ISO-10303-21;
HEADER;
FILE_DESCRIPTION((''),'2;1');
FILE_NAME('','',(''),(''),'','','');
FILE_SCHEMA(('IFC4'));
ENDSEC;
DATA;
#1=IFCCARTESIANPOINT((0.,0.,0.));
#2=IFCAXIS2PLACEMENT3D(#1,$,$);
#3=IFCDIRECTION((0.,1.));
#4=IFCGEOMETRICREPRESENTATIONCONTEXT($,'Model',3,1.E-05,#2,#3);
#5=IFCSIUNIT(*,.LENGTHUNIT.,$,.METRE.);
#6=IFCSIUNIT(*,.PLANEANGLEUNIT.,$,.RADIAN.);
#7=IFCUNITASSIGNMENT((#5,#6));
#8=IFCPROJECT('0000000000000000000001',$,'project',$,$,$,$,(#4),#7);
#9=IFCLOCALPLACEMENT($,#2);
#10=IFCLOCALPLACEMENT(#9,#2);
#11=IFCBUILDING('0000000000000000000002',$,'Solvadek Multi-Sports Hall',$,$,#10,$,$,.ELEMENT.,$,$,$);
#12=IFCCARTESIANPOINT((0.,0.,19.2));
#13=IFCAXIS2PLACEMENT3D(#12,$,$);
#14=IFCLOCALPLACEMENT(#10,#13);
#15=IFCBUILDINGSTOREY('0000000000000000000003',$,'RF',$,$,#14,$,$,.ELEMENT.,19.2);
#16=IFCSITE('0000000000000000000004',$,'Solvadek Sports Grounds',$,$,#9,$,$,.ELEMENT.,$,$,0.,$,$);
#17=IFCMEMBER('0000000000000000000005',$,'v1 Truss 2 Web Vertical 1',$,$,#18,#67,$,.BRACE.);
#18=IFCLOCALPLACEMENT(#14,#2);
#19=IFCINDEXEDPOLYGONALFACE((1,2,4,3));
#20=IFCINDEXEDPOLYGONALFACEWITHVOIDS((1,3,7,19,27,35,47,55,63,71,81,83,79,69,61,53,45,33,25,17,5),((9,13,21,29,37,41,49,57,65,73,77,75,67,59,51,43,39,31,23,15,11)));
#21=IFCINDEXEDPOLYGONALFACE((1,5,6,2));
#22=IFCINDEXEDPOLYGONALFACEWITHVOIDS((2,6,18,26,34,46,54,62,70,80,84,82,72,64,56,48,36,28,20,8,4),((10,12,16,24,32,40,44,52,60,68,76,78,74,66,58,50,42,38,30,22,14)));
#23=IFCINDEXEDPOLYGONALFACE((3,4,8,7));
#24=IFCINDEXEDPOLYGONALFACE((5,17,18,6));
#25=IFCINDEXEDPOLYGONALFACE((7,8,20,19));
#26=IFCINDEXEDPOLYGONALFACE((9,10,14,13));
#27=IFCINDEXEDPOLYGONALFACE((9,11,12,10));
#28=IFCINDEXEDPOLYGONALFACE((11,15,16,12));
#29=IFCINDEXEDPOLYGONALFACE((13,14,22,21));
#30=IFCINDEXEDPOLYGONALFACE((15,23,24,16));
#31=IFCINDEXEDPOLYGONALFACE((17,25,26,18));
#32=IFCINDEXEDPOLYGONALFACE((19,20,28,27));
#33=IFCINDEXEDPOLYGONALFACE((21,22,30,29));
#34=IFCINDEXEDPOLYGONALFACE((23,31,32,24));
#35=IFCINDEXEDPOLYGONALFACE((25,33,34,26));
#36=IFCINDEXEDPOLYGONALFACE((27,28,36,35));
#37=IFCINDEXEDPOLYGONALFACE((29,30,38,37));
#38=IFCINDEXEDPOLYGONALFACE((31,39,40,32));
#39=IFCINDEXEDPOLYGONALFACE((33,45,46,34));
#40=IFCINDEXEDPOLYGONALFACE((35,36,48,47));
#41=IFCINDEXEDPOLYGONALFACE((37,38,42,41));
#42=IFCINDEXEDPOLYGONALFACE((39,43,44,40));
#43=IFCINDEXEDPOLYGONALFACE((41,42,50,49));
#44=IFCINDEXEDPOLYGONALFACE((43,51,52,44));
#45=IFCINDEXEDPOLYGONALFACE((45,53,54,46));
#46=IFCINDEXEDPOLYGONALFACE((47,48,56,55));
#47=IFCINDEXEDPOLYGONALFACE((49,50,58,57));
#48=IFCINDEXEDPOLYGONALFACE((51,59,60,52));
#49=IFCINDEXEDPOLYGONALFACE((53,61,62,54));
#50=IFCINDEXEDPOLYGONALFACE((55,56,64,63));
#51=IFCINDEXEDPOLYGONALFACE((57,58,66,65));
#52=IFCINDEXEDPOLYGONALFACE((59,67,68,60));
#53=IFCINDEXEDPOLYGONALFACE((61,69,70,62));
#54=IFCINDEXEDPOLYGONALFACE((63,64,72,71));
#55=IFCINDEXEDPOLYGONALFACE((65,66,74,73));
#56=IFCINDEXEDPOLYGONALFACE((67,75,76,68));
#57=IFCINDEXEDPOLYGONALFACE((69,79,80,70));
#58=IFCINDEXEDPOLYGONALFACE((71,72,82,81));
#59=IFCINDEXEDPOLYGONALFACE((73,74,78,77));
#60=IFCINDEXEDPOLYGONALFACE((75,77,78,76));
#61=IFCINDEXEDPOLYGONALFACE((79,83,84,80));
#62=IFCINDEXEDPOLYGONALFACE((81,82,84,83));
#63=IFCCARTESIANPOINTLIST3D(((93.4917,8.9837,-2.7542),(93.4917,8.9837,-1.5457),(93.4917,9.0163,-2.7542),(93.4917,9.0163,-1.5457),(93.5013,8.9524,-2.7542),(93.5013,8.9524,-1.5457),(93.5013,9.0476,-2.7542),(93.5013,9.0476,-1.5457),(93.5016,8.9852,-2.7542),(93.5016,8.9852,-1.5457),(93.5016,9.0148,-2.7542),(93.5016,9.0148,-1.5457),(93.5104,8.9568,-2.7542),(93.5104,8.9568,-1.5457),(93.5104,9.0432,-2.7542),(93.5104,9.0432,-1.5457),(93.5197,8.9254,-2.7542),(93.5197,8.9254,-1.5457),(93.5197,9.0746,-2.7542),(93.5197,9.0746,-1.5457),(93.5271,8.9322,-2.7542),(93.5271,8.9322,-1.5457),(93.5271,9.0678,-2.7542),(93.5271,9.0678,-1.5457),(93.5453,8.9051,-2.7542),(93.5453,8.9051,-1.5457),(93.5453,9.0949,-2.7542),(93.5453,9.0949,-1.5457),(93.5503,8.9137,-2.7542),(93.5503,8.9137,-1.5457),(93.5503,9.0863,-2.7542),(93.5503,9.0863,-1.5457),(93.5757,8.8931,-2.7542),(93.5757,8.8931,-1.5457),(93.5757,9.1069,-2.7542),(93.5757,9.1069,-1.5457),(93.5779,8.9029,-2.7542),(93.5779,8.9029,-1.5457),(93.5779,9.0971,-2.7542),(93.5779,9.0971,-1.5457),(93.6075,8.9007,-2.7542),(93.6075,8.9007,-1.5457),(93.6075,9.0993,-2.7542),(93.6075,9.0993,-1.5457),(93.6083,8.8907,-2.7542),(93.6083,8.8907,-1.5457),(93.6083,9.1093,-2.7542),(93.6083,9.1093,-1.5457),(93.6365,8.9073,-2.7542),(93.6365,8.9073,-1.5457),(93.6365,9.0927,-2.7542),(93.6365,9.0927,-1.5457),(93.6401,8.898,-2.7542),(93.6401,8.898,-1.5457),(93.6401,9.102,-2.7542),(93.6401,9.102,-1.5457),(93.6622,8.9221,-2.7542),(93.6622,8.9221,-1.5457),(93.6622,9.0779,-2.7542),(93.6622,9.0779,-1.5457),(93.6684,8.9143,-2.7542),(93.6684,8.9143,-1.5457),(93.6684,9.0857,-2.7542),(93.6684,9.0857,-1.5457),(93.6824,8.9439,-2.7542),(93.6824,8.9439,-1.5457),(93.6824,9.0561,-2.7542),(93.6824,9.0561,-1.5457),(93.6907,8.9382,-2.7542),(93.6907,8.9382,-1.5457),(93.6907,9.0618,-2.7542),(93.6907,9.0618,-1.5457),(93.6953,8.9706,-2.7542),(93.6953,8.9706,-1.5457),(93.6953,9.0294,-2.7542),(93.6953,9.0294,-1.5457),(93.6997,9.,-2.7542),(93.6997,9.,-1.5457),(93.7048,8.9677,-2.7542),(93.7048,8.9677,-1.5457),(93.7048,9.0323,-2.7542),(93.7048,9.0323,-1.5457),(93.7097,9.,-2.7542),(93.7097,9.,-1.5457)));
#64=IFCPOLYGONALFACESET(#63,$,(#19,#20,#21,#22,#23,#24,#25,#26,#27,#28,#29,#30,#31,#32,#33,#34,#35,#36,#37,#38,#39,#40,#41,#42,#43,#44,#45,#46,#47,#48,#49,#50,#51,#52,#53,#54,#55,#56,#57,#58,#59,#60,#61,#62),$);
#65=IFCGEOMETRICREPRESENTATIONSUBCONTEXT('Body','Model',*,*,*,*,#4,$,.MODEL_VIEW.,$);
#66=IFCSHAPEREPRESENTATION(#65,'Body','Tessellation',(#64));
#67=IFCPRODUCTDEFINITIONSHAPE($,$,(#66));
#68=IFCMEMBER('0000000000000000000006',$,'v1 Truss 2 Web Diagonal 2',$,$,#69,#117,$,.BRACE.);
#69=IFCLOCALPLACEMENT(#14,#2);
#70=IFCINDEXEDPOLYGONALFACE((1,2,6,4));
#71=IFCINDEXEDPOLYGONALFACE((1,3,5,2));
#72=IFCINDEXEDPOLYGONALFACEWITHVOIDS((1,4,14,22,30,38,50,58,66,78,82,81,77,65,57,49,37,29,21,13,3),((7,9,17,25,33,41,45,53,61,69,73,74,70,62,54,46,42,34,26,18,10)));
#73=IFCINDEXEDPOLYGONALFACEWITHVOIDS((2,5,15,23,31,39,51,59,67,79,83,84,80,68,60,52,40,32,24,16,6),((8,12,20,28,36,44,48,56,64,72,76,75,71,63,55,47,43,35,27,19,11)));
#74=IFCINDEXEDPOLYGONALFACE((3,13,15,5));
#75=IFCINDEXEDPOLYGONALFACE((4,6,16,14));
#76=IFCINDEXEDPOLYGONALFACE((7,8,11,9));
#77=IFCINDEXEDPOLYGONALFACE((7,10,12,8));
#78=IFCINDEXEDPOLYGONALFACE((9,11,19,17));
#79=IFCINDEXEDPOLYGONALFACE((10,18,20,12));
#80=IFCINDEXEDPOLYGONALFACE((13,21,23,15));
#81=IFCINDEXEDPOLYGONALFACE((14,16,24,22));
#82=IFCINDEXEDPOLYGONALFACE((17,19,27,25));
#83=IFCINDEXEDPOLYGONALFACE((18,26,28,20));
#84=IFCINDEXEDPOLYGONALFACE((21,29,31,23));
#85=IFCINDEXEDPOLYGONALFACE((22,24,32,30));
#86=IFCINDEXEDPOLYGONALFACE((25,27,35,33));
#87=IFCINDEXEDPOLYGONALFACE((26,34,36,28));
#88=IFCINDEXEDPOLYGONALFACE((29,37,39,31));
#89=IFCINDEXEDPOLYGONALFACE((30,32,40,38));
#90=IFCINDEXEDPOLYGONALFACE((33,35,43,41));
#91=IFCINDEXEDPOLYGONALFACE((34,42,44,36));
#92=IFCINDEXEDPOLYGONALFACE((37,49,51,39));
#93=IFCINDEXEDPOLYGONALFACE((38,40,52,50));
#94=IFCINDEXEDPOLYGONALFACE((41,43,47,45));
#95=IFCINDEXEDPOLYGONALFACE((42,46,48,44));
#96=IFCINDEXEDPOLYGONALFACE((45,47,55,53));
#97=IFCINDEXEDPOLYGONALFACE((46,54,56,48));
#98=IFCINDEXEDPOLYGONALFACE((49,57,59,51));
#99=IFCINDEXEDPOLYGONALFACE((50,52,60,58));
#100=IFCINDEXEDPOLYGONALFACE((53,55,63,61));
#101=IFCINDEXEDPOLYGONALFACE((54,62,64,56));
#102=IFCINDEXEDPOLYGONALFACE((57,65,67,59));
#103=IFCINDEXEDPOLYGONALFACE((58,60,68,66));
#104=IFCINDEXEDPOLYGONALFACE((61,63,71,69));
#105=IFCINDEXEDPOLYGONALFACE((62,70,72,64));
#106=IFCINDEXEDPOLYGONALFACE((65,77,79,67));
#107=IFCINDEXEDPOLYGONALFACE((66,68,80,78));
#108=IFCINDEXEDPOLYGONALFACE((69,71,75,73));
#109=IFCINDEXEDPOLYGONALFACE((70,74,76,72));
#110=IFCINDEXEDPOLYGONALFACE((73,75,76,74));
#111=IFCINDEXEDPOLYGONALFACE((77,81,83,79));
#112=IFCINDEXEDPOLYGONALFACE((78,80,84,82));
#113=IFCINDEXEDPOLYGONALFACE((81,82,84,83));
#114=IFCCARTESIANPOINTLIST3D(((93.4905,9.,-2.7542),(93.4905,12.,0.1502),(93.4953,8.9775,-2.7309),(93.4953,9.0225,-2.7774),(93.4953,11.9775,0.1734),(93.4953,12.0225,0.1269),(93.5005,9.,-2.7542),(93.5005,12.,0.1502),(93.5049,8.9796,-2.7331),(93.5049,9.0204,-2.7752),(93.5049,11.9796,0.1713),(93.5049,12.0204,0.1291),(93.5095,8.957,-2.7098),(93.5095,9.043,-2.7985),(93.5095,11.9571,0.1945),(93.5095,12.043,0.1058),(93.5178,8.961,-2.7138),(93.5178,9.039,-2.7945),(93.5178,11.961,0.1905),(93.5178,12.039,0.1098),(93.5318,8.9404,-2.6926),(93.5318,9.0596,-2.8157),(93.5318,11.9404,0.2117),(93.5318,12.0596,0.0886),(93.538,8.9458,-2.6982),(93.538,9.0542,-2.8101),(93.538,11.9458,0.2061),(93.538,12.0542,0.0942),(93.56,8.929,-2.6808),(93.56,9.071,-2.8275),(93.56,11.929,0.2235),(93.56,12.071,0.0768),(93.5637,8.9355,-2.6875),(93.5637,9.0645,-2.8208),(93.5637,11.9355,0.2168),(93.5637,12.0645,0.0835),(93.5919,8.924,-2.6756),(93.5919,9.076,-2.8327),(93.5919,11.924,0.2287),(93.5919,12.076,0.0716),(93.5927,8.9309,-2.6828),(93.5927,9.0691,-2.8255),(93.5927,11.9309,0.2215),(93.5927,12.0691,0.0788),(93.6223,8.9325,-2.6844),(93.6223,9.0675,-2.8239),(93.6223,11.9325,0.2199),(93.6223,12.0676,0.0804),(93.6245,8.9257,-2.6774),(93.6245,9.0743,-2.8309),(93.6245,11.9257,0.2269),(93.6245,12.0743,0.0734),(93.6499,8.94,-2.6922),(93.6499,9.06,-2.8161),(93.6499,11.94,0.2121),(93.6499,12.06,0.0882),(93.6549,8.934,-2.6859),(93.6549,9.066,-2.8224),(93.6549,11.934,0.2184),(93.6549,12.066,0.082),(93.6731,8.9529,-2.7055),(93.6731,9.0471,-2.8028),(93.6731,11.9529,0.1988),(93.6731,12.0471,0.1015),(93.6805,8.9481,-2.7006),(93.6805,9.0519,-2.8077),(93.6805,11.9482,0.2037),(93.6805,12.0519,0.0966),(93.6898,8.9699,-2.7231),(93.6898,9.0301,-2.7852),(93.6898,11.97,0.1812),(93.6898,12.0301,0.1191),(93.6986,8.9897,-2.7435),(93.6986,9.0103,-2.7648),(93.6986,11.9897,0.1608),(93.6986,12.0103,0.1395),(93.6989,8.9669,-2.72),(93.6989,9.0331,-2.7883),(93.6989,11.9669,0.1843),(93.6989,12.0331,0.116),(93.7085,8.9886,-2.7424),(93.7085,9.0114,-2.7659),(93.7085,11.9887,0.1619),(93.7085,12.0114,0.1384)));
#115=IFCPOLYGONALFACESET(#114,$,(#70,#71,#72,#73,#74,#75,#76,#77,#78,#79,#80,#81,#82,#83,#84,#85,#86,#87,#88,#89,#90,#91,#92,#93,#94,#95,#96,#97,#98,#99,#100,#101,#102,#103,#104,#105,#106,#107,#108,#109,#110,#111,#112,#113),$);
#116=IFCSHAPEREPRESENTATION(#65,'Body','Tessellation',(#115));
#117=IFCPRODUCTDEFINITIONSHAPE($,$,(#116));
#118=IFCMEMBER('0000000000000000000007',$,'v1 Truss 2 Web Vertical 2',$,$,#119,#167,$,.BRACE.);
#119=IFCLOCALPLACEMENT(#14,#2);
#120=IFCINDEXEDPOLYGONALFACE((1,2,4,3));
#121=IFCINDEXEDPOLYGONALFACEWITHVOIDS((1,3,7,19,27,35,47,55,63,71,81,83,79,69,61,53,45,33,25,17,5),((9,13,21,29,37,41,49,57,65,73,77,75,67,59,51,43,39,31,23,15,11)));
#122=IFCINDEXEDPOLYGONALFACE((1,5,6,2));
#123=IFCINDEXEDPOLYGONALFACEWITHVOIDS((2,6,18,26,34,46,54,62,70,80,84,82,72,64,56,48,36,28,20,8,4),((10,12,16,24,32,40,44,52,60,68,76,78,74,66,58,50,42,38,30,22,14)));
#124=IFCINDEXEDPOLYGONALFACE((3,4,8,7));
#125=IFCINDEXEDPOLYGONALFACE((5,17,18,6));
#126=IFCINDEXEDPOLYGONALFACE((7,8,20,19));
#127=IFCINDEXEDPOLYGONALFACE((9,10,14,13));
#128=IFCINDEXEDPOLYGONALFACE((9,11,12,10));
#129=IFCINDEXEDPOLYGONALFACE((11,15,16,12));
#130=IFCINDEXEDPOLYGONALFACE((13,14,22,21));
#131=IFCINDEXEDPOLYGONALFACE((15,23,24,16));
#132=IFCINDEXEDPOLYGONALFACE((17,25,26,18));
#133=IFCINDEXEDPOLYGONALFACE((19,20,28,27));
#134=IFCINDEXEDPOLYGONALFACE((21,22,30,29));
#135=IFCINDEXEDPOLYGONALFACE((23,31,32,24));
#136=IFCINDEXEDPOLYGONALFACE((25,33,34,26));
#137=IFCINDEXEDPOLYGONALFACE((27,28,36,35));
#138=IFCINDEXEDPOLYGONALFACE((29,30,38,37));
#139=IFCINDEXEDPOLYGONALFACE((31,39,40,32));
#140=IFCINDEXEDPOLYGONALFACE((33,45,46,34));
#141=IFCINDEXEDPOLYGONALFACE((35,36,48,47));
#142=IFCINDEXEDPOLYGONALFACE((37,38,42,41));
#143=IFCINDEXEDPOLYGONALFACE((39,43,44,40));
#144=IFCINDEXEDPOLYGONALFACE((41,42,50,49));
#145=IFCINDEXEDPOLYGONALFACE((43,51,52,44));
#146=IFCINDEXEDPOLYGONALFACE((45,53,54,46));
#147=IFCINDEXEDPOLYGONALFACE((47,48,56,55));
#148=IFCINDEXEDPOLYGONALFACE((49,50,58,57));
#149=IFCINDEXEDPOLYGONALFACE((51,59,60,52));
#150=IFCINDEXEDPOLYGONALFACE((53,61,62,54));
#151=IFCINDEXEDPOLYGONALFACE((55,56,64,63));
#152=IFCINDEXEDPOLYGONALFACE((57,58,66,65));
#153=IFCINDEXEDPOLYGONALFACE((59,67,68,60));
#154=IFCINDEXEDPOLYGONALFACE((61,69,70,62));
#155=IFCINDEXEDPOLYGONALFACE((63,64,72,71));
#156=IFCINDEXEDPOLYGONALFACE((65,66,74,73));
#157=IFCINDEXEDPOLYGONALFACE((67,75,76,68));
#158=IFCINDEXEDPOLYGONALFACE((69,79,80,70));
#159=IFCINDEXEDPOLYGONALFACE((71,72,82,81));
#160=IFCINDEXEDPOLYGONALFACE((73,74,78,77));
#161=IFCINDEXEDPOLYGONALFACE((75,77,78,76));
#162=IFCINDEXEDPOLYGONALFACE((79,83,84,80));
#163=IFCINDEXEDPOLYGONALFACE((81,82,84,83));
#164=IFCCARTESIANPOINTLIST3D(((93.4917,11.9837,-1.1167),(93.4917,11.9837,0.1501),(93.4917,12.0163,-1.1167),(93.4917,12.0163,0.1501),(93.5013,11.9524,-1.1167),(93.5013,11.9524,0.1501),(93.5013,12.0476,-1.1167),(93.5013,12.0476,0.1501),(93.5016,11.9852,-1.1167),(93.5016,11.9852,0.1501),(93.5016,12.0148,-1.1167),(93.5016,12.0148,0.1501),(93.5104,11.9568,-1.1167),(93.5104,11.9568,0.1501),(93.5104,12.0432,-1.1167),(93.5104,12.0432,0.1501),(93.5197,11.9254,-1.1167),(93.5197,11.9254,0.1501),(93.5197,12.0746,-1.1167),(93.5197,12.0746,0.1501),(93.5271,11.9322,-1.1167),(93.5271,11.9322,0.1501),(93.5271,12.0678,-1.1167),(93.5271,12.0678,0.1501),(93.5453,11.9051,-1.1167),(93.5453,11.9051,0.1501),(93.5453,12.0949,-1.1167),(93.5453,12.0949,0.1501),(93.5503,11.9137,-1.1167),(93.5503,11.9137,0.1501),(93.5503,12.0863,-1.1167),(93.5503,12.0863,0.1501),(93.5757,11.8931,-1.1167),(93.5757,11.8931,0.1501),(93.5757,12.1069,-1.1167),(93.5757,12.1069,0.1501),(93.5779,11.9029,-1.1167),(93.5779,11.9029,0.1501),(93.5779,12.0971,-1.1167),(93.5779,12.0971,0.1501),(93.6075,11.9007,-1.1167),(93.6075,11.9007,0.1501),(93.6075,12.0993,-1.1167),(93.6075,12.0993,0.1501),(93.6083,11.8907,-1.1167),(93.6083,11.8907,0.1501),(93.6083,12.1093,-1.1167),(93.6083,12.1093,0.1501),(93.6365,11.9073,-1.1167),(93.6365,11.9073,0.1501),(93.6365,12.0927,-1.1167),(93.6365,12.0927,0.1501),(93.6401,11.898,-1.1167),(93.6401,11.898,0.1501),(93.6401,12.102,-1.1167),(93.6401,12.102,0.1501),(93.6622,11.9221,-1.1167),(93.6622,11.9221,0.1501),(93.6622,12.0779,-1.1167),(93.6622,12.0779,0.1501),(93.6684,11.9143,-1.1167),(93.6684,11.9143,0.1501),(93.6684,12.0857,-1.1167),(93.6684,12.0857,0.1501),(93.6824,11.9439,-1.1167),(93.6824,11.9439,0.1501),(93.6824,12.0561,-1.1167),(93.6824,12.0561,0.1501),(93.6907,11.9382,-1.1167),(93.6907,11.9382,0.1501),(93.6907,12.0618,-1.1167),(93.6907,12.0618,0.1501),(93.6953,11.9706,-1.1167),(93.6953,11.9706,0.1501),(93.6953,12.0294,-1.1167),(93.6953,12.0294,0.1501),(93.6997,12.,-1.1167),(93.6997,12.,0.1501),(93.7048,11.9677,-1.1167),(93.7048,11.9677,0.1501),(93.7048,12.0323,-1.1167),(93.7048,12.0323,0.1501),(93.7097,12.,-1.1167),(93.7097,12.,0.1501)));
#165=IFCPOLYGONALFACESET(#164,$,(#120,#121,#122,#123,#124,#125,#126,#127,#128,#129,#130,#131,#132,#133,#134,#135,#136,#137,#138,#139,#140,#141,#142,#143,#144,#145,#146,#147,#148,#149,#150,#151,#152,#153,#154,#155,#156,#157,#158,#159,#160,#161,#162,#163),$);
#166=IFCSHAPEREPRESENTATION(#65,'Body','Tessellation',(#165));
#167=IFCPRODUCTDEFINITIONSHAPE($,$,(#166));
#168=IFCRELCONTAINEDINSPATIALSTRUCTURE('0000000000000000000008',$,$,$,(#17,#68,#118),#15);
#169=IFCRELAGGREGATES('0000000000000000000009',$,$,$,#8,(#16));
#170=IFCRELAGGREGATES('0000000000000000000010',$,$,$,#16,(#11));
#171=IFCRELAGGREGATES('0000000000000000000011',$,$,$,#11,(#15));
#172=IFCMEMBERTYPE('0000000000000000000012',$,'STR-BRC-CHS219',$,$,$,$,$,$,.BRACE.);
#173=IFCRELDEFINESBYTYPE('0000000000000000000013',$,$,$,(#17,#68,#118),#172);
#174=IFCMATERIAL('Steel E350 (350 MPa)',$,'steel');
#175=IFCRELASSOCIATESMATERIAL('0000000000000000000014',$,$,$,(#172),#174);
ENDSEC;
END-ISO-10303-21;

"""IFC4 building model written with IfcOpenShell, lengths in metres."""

from ifc_helpers import new_model, si_unit, direction, frame, origin, origin_2d, place, context, subcontext, project, spatial, hollow_circle, extrude, material, material_profile, profile_set, type_object, element, save


model = new_model("IFC4")

# Units and contexts
model_context = context("Model", 3, precision=1e-05, world=origin(), true_north=direction((0.0, 1.0)))
body_context = subcontext(model_context, "Body", "Model", "MODEL_VIEW")
ifc_project = project(units=[si_unit("LENGTHUNIT", "METRE"), si_unit("PLANEANGLEUNIT", "RADIAN")], contexts=[model_context])

# Site, building, storey
site_placement = place(None, origin())
site = spatial("IfcSite", under=ifc_project, at=site_placement, Name="Solvadek Sports Grounds", CompositionType="ELEMENT", RefElevation=0.0)
building_placement = place(site_placement, origin())
building = spatial("IfcBuilding", under=site, at=building_placement, Name="Solvadek Multi-Sports Hall", CompositionType="ELEMENT")
storey_placement = place(building_placement, frame((0.0, 0.0, 19.2)))
storey = spatial("IfcBuildingStorey", under=building, at=storey_placement, Name="RF", CompositionType="ELEMENT", Elevation=19.2)

# Shared definitions
ifc_material_1 = material(Name="Steel E350 (350 MPa)", Category="steel")

# Members
ifc_material_profile_1 = material_profile(ifc_material_1, hollow_circle(Radius=0.1096, WallThickness=0.01, at=origin_2d()), Name="CHS 219.1x10")
ifc_profile_set_1 = profile_set([ifc_material_profile_1], Name="Steel E350 (350 MPa)")
member_type_1 = type_object("IfcMemberType", Name="STR-BRC-CHS219", PredefinedType="BRACE", material=ifc_profile_set_1)
member_1_placement = place(storey_placement, frame((93.6001, 9.0, -2.7542), z_axis=(0.0, 0.0, 1.0), x_axis=(1.0, 0.0, 0.0)))
element("IfcMember", 1, at=member_1_placement, inside=storey, type_object=member_type_1, Name="v1 Truss 2 Web Vertical 1", PredefinedType="BRACE", context=body_context, shape_type="SweptSolid", body=[
    extrude(hollow_circle(Radius=0.1096, WallThickness=0.01, at=origin_2d()), origin(), (0.0, 0.0, 1.0), 1.2085),
])
member_2_placement = place(storey_placement, frame((93.6001, 9.0, -2.7542), z_axis=(0.0, 0.718474, 0.695554), x_axis=(-1.0, 0.0, 0.0)))
element("IfcMember", 2, at=member_2_placement, inside=storey, type_object=member_type_1, Name="v1 Truss 2 Web Diagonal 2", PredefinedType="BRACE", context=body_context, shape_type="SweptSolid", body=[
    extrude(hollow_circle(Radius=0.1096, WallThickness=0.01, at=origin_2d()), origin(), (0.0, 0.0, 1.0), 4.1755),
])
member_3_placement = place(storey_placement, frame((93.6001, 12.0, -1.1167), z_axis=(0.0, 0.0, 1.0), x_axis=(1.0, 0.0, 0.0)))
element("IfcMember", 3, at=member_3_placement, inside=storey, type_object=member_type_1, Name="v1 Truss 2 Web Vertical 2", PredefinedType="BRACE", context=body_context, shape_type="SweptSolid", body=[
    extrude(hollow_circle(Radius=0.1096, WallThickness=0.01, at=origin_2d()), origin(), (0.0, 0.0, 1.0), 1.2668),
])

save(model, "model.ifc")
